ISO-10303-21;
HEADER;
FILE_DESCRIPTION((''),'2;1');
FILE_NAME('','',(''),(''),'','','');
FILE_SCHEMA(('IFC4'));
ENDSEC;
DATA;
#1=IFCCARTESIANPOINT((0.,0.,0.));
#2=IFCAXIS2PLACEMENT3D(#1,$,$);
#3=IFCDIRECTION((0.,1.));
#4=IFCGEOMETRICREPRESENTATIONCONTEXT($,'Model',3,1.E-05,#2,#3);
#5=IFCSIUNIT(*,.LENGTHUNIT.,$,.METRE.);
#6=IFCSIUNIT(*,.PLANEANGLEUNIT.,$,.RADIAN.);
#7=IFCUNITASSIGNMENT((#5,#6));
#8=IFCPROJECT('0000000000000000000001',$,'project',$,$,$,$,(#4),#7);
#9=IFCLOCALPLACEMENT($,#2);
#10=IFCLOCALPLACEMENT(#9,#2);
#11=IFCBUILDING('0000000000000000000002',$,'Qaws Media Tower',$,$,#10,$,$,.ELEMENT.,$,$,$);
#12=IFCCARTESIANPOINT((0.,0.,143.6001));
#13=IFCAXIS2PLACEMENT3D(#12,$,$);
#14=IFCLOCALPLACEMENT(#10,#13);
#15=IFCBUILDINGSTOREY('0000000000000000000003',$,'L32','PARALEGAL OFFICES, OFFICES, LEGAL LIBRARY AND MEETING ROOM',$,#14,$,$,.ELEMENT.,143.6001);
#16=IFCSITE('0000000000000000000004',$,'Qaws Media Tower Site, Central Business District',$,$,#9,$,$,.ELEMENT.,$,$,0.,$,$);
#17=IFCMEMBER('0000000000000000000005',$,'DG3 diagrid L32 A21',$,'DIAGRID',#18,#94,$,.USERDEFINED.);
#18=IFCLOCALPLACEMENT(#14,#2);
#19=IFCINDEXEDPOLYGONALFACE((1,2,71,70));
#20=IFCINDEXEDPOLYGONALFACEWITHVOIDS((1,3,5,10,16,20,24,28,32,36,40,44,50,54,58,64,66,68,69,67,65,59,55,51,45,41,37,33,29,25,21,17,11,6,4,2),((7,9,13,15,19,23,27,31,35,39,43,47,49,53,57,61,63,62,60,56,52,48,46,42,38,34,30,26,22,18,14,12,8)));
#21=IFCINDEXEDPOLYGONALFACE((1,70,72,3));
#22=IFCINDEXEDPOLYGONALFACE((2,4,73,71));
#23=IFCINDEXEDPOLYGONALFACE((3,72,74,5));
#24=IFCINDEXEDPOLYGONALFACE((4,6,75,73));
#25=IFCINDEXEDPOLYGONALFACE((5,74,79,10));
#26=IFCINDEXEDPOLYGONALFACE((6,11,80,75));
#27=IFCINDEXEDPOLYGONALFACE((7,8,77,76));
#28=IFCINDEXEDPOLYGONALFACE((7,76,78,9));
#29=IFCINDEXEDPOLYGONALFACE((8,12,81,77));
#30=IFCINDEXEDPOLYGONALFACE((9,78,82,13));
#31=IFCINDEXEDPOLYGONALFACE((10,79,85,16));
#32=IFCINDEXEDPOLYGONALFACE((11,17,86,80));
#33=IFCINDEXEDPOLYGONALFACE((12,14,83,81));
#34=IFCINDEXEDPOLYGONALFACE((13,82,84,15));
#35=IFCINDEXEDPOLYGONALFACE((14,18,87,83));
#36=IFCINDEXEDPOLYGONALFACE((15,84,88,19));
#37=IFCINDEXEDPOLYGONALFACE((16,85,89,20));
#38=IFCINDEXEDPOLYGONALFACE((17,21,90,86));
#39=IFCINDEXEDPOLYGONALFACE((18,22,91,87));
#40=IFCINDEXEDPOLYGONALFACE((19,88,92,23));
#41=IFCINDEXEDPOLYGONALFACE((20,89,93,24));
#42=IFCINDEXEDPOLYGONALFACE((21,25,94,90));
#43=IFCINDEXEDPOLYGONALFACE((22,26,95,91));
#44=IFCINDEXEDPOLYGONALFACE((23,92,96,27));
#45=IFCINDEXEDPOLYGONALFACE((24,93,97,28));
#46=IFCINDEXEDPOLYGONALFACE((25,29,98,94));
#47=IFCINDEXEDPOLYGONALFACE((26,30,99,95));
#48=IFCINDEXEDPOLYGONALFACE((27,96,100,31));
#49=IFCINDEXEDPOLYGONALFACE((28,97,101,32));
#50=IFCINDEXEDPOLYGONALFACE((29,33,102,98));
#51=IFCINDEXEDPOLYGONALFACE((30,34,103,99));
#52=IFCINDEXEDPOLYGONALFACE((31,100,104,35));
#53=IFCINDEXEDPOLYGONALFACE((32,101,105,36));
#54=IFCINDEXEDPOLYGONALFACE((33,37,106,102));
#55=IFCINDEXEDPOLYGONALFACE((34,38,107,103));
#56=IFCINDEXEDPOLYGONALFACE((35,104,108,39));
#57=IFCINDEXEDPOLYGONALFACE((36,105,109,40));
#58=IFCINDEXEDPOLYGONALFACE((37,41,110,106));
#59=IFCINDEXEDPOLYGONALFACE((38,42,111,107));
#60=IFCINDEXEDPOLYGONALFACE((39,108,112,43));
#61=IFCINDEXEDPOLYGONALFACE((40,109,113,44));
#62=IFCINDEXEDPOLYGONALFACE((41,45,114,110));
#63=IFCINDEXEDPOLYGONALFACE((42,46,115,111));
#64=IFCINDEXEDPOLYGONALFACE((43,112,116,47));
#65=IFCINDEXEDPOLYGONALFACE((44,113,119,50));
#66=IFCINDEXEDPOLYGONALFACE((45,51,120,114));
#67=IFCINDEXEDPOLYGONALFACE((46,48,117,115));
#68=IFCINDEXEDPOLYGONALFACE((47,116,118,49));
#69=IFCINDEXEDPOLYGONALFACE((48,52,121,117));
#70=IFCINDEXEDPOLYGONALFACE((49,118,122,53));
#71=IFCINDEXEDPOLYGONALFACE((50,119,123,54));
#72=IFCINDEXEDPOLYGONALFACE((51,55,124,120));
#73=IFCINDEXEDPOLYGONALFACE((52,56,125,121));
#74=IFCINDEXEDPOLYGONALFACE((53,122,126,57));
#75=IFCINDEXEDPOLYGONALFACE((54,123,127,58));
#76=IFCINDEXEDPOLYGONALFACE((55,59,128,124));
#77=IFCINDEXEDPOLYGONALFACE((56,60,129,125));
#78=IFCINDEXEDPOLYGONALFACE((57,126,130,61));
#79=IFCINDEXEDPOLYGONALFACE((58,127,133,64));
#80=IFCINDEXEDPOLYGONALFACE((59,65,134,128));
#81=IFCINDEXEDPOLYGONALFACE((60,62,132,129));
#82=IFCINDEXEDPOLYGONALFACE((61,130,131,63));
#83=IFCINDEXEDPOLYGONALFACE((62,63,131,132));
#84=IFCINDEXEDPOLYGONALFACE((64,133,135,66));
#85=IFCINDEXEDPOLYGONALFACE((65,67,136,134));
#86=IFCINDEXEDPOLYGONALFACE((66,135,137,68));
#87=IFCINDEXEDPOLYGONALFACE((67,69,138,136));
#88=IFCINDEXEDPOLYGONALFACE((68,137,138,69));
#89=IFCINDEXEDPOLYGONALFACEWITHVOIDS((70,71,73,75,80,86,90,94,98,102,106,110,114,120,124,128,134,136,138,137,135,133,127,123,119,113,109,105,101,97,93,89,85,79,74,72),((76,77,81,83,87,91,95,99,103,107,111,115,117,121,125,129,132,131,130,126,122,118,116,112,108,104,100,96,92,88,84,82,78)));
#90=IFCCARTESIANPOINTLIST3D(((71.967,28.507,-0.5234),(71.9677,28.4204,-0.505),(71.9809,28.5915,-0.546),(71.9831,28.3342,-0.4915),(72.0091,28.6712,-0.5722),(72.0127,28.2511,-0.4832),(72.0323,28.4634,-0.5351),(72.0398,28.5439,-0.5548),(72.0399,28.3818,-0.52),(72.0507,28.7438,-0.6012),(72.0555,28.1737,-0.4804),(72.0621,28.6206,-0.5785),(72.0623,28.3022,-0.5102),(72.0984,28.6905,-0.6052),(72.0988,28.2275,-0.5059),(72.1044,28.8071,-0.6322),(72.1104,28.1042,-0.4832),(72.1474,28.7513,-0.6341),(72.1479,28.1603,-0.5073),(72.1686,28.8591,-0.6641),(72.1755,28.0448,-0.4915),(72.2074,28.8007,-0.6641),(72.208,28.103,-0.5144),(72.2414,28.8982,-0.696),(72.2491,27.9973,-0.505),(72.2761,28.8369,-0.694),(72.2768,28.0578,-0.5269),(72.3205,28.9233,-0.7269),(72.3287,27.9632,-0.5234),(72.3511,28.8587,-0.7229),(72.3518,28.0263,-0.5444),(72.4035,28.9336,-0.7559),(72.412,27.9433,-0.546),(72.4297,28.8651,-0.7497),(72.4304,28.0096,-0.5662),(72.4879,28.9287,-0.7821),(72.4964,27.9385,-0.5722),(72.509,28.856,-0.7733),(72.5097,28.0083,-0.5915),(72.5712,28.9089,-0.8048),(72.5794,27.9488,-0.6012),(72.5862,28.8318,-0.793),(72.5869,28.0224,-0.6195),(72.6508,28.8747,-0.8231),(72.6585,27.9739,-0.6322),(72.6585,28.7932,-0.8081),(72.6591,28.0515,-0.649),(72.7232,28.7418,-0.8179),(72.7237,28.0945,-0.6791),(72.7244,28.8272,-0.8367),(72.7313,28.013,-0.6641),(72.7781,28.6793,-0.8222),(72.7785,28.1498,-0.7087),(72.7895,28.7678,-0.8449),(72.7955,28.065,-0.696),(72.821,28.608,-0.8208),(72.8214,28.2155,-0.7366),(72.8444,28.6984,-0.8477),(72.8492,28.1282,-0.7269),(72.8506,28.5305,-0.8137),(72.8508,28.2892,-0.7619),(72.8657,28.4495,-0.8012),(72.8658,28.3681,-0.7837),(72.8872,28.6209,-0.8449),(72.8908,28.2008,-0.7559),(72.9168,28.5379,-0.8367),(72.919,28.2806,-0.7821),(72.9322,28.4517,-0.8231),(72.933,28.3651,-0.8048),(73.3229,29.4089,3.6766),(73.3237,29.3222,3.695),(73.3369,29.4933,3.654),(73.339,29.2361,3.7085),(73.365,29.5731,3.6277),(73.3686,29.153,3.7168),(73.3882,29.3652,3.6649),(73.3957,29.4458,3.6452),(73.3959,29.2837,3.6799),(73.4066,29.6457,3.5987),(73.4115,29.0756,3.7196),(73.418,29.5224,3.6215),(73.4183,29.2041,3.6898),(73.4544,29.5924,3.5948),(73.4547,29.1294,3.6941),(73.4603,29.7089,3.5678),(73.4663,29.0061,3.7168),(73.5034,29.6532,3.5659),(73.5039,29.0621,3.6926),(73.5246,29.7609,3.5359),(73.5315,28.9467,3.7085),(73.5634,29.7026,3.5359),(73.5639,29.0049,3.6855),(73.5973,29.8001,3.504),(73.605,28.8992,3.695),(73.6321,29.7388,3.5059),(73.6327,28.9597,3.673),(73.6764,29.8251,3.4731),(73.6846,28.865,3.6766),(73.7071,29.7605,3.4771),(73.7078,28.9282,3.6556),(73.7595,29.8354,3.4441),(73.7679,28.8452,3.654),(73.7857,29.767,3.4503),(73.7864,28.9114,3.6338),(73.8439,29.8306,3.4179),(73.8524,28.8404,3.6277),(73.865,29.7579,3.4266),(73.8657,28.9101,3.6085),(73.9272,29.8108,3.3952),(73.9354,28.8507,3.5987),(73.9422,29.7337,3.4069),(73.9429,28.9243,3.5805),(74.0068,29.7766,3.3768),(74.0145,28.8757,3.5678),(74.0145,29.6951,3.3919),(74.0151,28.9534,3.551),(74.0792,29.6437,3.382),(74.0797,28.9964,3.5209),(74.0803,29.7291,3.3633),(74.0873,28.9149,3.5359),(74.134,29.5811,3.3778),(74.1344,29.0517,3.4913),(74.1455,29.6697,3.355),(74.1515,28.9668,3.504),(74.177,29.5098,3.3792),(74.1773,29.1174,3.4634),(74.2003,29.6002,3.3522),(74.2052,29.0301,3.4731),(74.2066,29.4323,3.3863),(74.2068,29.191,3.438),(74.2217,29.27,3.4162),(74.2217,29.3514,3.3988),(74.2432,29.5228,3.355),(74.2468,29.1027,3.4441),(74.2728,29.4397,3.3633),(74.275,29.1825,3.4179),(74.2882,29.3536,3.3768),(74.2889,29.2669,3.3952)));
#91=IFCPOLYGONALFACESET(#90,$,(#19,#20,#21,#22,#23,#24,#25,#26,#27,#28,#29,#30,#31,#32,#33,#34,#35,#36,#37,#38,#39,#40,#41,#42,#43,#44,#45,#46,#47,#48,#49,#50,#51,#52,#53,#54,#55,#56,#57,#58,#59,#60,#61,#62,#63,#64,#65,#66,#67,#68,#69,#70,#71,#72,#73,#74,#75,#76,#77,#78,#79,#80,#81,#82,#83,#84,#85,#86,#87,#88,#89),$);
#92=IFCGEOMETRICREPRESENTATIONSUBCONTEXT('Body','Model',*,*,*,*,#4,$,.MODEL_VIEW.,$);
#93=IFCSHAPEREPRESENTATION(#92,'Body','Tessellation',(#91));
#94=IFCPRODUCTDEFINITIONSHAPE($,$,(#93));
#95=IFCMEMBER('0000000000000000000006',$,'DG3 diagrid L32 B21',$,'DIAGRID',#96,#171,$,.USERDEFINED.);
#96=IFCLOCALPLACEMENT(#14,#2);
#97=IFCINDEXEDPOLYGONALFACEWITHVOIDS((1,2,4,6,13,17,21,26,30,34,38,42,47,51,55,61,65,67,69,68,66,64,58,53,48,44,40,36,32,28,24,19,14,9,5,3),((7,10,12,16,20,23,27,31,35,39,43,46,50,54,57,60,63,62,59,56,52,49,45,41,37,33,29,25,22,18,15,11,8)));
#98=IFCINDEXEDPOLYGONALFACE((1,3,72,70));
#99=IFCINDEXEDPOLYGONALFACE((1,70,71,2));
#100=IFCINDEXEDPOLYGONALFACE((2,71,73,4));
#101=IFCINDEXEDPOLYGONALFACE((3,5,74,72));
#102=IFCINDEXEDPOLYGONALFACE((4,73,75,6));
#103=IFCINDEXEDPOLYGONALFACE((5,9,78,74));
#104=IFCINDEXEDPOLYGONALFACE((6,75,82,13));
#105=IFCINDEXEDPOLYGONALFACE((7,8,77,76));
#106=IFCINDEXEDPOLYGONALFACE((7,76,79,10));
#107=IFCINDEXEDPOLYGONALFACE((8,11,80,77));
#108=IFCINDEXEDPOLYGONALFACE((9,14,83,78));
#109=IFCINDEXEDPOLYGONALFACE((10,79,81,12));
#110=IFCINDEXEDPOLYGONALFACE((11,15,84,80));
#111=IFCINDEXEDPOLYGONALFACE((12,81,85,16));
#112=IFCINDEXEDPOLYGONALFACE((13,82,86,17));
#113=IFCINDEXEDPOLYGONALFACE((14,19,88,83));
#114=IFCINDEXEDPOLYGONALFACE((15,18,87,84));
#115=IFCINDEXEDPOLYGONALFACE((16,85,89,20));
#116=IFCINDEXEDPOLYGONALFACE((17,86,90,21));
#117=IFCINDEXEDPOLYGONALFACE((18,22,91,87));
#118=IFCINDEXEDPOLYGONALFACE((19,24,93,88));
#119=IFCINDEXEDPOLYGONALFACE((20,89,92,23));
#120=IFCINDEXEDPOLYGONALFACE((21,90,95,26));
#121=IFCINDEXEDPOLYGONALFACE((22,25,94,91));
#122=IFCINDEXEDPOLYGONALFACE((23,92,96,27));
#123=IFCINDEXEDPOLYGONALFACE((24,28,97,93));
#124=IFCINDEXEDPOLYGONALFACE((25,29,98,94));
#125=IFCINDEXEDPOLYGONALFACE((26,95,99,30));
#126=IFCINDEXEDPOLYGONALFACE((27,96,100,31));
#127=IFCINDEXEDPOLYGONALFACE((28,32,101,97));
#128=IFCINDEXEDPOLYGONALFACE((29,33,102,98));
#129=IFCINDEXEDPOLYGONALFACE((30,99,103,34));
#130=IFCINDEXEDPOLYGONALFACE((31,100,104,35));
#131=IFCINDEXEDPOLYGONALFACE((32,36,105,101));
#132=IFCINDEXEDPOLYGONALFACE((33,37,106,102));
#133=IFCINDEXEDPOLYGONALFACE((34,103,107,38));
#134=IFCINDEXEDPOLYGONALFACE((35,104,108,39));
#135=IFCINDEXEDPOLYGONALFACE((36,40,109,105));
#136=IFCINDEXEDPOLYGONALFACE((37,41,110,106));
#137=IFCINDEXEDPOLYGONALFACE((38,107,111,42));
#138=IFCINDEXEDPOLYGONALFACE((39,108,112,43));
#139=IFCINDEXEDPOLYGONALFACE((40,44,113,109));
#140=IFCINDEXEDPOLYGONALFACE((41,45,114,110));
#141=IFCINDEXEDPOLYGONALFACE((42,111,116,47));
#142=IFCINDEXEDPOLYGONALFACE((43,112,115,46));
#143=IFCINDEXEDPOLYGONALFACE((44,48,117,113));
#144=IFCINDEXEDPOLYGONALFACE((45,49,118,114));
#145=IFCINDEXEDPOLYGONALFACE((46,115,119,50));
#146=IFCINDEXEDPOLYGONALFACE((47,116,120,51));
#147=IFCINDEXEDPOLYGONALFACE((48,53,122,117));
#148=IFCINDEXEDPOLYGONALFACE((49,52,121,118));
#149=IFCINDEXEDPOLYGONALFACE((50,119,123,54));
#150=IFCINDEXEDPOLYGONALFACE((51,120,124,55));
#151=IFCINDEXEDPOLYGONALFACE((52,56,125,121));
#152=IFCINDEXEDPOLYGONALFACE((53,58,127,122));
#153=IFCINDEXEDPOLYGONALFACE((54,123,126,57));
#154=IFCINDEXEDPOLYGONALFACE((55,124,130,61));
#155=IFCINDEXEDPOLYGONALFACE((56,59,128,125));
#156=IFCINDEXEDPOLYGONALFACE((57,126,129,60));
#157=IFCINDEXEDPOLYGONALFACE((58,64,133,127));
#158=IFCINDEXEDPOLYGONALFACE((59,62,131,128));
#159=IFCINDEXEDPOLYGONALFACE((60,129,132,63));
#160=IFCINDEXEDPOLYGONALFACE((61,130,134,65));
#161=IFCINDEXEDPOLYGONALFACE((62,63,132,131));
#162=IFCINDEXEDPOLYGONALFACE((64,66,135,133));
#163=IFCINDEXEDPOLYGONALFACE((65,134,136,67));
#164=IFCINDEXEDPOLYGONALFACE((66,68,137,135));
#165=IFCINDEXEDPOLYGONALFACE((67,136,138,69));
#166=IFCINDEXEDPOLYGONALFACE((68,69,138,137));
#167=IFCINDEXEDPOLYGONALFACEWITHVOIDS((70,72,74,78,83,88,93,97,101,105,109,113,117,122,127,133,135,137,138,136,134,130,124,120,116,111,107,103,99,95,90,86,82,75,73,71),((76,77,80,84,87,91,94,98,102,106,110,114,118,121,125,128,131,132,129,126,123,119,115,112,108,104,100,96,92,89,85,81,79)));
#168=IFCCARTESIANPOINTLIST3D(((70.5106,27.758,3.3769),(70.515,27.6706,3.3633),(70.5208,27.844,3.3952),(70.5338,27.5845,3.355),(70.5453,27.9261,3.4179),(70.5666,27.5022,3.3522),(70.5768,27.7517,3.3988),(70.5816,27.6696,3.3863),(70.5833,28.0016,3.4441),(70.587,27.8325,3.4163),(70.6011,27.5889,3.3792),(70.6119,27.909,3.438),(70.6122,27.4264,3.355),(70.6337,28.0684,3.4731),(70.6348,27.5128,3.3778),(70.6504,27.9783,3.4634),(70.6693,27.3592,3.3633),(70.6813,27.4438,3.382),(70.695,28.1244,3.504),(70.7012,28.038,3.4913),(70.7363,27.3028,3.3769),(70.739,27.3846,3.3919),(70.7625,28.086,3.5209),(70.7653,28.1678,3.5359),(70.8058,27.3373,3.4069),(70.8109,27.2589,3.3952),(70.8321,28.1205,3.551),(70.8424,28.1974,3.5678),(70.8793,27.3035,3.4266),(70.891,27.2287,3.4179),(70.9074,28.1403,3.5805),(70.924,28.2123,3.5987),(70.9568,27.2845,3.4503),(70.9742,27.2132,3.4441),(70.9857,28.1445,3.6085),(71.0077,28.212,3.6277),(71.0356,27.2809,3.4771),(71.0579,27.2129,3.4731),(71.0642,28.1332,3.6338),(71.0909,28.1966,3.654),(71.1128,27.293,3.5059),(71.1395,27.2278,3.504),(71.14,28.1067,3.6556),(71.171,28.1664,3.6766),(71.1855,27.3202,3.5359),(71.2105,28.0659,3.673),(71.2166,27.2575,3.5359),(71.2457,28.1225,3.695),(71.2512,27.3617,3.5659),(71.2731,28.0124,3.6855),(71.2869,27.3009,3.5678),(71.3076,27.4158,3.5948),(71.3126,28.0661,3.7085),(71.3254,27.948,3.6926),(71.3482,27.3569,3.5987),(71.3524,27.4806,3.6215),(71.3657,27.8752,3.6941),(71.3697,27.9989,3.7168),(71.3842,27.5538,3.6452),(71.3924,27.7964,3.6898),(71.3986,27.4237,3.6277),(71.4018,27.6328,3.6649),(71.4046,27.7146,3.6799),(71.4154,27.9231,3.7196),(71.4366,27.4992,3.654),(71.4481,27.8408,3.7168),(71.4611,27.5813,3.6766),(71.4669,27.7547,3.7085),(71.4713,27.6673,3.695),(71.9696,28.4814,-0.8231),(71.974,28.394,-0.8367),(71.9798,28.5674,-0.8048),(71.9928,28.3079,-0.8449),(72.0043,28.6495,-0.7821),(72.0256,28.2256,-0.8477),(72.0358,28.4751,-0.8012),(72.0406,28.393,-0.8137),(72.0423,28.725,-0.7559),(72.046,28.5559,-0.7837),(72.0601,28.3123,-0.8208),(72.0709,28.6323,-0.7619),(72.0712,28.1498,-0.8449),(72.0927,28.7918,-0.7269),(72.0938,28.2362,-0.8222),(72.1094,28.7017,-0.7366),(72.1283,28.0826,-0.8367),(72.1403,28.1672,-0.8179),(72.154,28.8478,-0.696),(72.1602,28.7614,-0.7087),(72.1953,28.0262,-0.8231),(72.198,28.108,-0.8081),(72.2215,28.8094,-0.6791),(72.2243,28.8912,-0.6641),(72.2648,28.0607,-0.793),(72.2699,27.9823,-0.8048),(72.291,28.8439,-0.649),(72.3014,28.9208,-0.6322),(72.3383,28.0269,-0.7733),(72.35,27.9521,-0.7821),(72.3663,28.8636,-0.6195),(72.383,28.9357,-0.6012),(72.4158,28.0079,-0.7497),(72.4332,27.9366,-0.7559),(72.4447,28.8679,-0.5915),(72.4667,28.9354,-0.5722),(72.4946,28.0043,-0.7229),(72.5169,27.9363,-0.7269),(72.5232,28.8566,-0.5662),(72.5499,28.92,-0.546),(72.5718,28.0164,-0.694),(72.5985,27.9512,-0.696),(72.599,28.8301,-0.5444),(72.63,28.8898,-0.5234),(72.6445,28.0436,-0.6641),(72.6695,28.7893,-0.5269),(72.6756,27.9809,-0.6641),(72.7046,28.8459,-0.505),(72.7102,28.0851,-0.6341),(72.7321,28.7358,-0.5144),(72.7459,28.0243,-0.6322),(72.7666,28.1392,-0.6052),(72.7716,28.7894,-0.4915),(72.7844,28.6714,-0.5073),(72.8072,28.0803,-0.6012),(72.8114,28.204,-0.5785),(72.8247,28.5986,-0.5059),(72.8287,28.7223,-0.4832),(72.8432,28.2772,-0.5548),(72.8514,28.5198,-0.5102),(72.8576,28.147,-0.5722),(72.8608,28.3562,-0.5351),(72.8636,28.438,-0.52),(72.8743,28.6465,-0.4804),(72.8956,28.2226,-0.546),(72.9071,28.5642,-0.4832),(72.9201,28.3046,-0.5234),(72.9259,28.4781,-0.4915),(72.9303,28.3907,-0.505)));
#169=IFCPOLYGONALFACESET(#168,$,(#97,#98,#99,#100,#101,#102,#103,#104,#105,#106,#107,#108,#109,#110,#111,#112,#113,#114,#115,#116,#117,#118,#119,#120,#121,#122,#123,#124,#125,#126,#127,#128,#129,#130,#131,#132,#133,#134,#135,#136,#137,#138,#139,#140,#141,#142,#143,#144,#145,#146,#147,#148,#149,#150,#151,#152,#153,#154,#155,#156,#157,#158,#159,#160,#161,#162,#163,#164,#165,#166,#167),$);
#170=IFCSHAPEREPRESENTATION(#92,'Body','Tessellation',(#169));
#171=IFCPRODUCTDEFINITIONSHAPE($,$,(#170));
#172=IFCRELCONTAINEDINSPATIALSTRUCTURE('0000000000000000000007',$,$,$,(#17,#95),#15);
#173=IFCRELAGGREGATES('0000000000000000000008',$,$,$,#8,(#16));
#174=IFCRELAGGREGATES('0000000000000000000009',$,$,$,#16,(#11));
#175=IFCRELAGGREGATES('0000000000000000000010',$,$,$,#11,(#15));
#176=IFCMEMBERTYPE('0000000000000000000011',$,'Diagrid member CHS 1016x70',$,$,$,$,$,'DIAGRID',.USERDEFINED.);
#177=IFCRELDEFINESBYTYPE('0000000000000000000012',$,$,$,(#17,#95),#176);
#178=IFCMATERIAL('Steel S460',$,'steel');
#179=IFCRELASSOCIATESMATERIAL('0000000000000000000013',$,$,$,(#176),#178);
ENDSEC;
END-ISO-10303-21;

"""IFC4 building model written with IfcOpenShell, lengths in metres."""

from ifc_helpers import new_model, si_unit, direction, frame, origin, origin_2d, place, context, subcontext, project, spatial, hollow_circle, extrude, material, material_profile, profile_set, type_object, element, save


model = new_model("IFC4")

# Units and contexts
model_context = context("Model", 3, precision=1e-05, world=origin(), true_north=direction((0.0, 1.0)))
body_context = subcontext(model_context, "Body", "Model", "MODEL_VIEW")
ifc_project = project(units=[si_unit("LENGTHUNIT", "METRE"), si_unit("PLANEANGLEUNIT", "RADIAN")], contexts=[model_context])

# Site, building, storey
site_placement = place(None, origin())
site = spatial("IfcSite", under=ifc_project, at=site_placement, Name="Qaws Media Tower Site, Central Business District", CompositionType="ELEMENT", RefElevation=0.0)
building_placement = place(site_placement, origin())
building = spatial("IfcBuilding", under=site, at=building_placement, Name="Qaws Media Tower", CompositionType="ELEMENT")
storey_placement = place(building_placement, frame((0.0, 0.0, 143.6001)))
storey = spatial("IfcBuildingStorey", under=building, at=storey_placement, Name="L32", Description="PARALEGAL OFFICES, OFFICES, LEGAL LIBRARY AND MEETING ROOM", CompositionType="ELEMENT", Elevation=143.6001)

# Members
ifc_material_1 = material(Name="Steel S460", Category="steel")
ifc_material_profile_1 = material_profile(ifc_material_1, hollow_circle(Radius=0.5081, WallThickness=0.0701, at=origin_2d()), Name="CHS 1016x70")
ifc_profile_set_1 = profile_set([ifc_material_profile_1], Name="Steel S460")
member_type_1 = type_object("IfcMemberType", Name="Diagrid member CHS 1016x70", ElementType="DIAGRID", PredefinedType="USERDEFINED", material=ifc_profile_set_1)
for number, where, z_axis, x_axis, name in (
    (1, (72.45, 28.436, -0.6641), (0.301015, 0.200207, 0.932366), (-0.5538, 0.832649, 0.0), "DG3 diagrid L32 A21"),
    (2, (72.45, 28.436, -0.6641), (-0.323887, -0.160589, 0.932367), (0.444213, -0.895921, 0.0), "DG3 diagrid L32 B21"),
):
    element("IfcMember", number, at=place(storey_placement, frame(where, z_axis=z_axis, x_axis=x_axis)), inside=storey, type_object=member_type_1, Name=name, ObjectType="DIAGRID", PredefinedType="USERDEFINED", context=body_context, shape_type="SweptSolid", body=[
        extrude(hollow_circle(Radius=0.5081, WallThickness=0.0701, at=origin_2d()), origin(), (0.0, 0.0, 1.0), 4.5046),
    ])

save(model, "model.ifc")
